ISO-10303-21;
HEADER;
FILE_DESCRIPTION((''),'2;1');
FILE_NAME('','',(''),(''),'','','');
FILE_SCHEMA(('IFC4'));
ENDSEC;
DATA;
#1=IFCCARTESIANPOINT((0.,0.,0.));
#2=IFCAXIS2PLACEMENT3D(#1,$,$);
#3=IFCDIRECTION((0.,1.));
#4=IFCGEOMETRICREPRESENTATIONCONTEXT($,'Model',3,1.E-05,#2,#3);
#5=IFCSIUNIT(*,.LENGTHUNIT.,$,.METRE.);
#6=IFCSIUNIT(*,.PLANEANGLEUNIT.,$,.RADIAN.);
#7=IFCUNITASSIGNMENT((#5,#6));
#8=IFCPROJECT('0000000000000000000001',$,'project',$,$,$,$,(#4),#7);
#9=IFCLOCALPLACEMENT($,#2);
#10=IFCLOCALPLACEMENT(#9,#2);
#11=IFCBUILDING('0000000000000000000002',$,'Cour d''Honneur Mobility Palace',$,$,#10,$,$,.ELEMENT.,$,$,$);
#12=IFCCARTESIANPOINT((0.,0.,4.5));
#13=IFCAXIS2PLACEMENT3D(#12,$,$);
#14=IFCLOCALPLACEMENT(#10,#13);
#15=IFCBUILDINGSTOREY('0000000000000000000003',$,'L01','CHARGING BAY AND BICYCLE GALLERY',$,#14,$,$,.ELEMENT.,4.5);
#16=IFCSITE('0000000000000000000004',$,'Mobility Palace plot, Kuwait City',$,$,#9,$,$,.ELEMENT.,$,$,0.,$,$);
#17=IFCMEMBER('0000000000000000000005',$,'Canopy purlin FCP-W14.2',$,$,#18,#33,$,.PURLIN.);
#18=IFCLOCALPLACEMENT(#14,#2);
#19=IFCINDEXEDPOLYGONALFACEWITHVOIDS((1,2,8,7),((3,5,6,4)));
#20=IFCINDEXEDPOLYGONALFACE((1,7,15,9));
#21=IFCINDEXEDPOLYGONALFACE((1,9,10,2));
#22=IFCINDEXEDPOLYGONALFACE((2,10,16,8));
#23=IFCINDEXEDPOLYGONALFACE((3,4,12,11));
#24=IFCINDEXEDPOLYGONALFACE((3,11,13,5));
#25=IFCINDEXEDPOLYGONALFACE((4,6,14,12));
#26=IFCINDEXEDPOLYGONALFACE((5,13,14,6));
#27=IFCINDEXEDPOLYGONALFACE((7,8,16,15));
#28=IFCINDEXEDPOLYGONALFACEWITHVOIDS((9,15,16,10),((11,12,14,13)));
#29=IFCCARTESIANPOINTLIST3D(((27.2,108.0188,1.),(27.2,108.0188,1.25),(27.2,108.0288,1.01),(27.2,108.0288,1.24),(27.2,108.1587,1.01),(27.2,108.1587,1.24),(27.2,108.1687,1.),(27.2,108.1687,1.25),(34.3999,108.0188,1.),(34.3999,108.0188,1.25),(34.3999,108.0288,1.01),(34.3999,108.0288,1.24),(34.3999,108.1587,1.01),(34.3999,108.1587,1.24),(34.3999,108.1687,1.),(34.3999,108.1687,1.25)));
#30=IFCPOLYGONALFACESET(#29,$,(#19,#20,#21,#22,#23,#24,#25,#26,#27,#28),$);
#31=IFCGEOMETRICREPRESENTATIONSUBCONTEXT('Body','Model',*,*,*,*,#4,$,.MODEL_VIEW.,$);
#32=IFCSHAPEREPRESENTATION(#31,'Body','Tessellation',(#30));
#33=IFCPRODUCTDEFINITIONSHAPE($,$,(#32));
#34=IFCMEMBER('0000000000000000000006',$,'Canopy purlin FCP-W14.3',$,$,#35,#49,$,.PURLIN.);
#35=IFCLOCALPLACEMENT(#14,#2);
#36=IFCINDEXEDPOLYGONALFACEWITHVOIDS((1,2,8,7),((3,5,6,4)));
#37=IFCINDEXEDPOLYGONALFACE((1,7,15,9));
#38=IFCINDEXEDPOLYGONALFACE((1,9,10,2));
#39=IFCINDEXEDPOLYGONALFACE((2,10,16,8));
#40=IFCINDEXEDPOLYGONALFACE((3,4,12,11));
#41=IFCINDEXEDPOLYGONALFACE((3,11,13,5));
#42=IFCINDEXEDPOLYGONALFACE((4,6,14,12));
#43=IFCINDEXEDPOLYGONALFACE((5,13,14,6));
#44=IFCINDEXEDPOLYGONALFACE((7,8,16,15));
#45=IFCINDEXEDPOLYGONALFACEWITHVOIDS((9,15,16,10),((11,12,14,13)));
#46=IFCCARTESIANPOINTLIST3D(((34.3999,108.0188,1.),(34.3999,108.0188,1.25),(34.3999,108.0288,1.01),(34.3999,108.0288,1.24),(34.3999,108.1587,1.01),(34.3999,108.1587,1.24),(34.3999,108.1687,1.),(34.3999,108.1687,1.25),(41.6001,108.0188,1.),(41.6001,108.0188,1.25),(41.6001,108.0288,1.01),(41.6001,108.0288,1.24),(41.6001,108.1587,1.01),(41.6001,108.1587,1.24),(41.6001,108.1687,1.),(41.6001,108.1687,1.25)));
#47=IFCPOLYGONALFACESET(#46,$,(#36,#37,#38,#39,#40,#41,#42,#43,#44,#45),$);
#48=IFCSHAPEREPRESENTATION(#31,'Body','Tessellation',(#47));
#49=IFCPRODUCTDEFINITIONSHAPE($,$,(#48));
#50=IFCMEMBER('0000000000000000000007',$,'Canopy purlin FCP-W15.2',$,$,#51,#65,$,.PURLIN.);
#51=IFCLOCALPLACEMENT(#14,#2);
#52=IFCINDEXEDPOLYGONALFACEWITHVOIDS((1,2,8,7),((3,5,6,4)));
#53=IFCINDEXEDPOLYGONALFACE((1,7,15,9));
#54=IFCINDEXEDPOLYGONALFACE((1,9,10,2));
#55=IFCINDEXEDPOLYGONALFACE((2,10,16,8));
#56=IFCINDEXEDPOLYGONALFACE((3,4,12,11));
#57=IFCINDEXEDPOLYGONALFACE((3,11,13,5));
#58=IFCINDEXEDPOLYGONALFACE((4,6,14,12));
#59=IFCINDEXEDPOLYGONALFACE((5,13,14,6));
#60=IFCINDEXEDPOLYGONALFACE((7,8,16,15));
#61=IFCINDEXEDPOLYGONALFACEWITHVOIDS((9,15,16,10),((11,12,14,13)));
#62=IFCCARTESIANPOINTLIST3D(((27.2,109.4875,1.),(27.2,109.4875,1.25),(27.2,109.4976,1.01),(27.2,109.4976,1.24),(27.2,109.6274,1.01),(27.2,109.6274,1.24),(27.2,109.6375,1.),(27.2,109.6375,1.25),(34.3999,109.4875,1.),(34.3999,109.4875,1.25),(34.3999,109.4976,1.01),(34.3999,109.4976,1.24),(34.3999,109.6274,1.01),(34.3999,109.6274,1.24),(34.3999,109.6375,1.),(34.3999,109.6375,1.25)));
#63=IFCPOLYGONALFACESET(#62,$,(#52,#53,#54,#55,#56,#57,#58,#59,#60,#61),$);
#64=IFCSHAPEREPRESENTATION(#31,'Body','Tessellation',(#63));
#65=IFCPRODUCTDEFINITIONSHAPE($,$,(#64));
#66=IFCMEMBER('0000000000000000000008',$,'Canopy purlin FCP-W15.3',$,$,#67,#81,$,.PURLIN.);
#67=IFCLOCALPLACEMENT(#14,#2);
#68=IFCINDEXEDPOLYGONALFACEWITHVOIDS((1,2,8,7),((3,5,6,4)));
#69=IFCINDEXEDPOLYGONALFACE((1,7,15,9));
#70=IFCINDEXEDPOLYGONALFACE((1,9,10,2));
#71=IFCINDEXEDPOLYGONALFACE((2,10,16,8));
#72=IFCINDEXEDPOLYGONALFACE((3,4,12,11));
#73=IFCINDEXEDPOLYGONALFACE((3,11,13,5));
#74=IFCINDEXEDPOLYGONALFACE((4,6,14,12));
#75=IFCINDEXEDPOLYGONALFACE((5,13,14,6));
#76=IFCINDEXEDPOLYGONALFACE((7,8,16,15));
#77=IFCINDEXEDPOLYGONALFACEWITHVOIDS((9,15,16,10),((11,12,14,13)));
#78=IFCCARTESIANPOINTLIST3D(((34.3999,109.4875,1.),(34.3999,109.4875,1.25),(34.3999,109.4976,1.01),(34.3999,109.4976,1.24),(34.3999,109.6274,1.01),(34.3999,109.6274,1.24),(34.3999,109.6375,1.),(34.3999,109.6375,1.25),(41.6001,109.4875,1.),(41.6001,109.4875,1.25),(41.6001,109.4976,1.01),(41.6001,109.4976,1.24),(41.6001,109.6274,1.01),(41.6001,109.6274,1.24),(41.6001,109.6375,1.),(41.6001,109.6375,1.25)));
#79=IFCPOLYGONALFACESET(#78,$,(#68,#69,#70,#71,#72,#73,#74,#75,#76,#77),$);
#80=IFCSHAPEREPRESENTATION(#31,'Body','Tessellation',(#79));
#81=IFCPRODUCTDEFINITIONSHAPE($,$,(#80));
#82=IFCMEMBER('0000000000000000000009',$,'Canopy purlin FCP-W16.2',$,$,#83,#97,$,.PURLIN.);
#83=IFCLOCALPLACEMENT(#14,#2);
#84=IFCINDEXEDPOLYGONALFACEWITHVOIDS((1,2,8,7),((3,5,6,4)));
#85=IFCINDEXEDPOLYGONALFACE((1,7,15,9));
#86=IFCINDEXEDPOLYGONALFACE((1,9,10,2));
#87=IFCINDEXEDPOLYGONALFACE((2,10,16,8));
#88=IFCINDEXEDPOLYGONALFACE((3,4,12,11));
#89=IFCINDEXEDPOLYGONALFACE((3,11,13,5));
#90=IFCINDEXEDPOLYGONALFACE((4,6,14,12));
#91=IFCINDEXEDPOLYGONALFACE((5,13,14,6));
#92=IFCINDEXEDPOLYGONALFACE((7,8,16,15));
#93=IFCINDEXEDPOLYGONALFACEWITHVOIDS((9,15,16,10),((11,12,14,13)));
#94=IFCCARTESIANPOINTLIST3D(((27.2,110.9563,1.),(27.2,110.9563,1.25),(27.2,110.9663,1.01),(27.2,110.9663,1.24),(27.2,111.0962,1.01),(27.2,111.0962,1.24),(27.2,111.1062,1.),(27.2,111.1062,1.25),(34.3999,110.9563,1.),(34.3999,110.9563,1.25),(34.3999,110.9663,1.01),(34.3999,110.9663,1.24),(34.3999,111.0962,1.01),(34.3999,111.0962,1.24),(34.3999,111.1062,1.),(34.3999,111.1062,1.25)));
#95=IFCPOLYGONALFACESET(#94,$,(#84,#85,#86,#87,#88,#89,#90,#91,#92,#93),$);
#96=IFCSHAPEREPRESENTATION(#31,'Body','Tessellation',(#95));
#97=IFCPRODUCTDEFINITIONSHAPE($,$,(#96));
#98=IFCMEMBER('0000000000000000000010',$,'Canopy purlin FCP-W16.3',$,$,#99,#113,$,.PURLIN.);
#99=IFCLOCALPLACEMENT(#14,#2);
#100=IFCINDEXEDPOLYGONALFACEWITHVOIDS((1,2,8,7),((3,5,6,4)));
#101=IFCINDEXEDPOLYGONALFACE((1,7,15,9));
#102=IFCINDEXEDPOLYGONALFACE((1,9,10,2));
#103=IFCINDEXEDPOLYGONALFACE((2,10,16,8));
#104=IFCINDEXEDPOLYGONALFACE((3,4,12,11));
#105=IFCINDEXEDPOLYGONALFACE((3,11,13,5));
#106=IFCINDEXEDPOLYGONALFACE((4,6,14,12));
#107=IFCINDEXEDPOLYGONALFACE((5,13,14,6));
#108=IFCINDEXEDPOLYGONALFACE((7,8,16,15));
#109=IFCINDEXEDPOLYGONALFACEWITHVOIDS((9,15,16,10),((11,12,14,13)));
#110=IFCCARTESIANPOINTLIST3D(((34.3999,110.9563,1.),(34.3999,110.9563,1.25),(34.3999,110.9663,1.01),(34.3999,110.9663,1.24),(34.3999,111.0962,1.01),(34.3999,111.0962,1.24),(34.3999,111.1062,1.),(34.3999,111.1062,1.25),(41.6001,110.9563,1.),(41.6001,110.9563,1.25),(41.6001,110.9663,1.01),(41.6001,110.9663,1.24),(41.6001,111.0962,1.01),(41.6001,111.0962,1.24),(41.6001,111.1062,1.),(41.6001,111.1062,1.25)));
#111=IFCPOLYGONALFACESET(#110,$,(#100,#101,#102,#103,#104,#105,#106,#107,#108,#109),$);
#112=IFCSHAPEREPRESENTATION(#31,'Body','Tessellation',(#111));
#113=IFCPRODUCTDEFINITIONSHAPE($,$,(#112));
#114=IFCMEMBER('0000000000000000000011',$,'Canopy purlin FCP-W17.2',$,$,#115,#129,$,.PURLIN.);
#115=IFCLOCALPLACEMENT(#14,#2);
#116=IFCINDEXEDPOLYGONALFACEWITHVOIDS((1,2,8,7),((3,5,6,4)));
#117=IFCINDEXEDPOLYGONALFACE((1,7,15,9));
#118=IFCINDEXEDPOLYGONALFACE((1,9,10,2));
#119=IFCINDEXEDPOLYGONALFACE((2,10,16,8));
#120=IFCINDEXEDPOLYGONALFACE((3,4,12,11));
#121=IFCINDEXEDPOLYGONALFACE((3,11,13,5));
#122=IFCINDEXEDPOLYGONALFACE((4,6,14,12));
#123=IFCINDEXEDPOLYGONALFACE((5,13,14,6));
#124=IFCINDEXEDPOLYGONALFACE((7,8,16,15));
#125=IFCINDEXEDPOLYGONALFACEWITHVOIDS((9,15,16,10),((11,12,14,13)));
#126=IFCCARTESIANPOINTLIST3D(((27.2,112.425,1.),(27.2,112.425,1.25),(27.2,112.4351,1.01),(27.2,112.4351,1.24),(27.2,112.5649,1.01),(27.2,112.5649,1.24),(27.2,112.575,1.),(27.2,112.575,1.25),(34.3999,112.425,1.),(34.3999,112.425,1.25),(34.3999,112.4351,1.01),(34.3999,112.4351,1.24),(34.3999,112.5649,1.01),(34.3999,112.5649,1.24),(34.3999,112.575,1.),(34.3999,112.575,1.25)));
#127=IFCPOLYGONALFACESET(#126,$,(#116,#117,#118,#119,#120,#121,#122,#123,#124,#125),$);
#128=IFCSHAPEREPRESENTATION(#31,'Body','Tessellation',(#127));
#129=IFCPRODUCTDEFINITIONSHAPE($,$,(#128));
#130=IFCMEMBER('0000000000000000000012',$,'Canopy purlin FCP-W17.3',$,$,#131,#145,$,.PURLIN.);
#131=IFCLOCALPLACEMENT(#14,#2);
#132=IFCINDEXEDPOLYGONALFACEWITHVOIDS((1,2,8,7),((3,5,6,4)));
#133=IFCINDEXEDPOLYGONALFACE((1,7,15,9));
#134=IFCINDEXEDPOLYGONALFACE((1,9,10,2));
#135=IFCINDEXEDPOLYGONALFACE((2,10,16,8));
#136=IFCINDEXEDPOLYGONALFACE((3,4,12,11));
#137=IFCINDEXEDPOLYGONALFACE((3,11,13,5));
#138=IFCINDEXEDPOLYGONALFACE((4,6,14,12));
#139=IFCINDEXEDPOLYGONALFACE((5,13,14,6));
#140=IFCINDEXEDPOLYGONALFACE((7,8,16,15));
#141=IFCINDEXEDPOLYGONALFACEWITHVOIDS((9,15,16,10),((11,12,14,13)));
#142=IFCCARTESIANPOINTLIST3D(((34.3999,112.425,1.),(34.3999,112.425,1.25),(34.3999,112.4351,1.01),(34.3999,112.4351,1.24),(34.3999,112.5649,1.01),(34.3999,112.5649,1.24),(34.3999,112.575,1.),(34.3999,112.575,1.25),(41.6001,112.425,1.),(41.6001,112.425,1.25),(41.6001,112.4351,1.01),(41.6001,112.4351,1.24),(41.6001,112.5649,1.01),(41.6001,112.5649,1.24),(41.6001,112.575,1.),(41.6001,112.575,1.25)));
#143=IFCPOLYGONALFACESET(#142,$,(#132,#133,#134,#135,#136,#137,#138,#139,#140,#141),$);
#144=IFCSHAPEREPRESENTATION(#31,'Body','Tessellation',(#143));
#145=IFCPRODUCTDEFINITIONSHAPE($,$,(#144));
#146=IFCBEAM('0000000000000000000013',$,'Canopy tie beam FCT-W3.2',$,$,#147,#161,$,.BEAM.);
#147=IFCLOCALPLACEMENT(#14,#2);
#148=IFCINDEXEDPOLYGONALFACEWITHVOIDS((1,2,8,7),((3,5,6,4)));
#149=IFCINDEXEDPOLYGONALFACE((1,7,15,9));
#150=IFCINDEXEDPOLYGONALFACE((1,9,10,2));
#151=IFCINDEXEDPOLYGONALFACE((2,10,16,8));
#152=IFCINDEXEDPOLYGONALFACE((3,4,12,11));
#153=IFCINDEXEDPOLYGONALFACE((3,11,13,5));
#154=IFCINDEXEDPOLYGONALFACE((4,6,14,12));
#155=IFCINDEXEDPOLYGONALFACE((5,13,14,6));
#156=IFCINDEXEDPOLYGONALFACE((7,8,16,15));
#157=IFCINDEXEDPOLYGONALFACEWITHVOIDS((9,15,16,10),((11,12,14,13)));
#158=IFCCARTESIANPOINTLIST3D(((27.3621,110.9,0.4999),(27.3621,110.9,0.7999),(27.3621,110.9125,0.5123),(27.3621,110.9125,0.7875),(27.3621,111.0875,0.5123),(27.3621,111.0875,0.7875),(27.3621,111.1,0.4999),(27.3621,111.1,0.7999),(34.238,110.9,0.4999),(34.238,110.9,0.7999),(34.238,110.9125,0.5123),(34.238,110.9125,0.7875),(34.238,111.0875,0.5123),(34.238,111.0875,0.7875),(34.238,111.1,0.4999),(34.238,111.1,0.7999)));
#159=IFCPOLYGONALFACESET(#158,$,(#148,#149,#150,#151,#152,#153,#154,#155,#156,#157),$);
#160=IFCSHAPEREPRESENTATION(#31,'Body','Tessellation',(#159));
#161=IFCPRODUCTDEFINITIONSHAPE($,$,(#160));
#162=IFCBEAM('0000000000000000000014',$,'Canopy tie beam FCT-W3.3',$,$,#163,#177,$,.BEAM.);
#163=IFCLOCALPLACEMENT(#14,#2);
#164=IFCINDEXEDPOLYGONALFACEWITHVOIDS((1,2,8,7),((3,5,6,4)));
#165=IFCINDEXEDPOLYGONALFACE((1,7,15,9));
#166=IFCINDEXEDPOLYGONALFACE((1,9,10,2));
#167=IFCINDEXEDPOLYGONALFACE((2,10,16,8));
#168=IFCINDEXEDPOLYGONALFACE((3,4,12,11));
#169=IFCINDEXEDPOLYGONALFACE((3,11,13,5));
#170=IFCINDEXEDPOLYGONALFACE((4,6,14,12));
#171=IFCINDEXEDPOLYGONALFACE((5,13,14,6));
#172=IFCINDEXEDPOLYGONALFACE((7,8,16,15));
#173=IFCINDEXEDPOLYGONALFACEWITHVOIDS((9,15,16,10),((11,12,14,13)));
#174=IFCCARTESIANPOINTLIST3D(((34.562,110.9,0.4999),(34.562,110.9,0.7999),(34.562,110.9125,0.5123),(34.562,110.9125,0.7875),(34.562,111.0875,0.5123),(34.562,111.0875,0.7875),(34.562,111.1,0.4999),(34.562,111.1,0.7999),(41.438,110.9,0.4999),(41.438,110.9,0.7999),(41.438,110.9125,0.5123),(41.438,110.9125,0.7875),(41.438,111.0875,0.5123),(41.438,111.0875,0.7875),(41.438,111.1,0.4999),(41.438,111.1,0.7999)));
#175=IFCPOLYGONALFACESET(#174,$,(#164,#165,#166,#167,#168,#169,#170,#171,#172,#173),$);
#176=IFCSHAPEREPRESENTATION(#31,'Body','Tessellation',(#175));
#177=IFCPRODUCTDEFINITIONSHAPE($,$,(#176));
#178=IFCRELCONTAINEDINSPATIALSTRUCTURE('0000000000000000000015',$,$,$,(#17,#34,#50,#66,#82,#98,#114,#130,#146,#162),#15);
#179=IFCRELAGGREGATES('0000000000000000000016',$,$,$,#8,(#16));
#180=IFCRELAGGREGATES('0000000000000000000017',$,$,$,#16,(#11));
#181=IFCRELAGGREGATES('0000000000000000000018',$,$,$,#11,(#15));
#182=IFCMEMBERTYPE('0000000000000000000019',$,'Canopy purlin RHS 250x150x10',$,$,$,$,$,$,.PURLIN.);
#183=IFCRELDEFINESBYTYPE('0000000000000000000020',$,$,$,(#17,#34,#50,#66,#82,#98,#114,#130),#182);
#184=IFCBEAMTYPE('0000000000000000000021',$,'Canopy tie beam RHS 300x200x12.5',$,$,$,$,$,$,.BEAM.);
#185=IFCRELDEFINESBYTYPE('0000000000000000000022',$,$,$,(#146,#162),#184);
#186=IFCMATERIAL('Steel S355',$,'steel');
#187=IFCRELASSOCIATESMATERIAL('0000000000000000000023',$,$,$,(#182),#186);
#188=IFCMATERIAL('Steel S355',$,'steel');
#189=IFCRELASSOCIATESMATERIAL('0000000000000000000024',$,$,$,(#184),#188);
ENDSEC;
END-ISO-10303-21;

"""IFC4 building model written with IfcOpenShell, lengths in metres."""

from ifc_helpers import new_model, si_unit, direction, frame, origin, origin_2d, place, context, subcontext, project, spatial, hollow_rectangle, extrude, material, material_profile, profile_set, type_object, element, save


model = new_model("IFC4")

# Units and contexts
model_context = context("Model", 3, precision=1e-05, world=origin(), true_north=direction((0.0, 1.0)))
body_context = subcontext(model_context, "Body", "Model", "MODEL_VIEW")
ifc_project = project(units=[si_unit("LENGTHUNIT", "METRE"), si_unit("PLANEANGLEUNIT", "RADIAN")], contexts=[model_context])

# Site, building, storey
site_placement = place(None, origin())
site = spatial("IfcSite", under=ifc_project, at=site_placement, Name="Mobility Palace plot, Kuwait City", CompositionType="ELEMENT", RefElevation=0.0)
building_placement = place(site_placement, origin())
building = spatial("IfcBuilding", under=site, at=building_placement, Name="Cour d'Honneur Mobility Palace", CompositionType="ELEMENT")
storey_placement = place(building_placement, frame((0.0, 0.0, 4.5)))
storey = spatial("IfcBuildingStorey", under=building, at=storey_placement, Name="L01", Description="CHARGING BAY AND BICYCLE GALLERY", CompositionType="ELEMENT", Elevation=4.5)

# Members
ifc_material_1 = material(Name="Steel S355", Category="steel")
ifc_material_profile_1 = material_profile(ifc_material_1, hollow_rectangle(XDim=0.1499, YDim=0.25, WallThickness=0.01, at=origin_2d()), Name="RHS 250x150x10")
ifc_profile_set_1 = profile_set([ifc_material_profile_1], Name="Steel S355")
member_type = type_object("IfcMemberType", Name="Canopy purlin RHS 250x150x10", PredefinedType="PURLIN", material=ifc_profile_set_1)
member_1_placement = place(storey_placement, frame((27.2, 108.0938, 1.125), z_axis=(1.0, 0.0, 0.0), x_axis=(0.0, 1.0, 0.0)))
element("IfcMember", 1, at=member_1_placement, inside=storey, type_object=member_type, Name="Canopy purlin FCP-W14.2", PredefinedType="PURLIN", context=body_context, shape_type="SweptSolid", body=[
    extrude(hollow_rectangle(XDim=0.1499, YDim=0.25, WallThickness=0.01, at=origin_2d()), origin(), (0.0, 0.0, 1.0), 7.2),
])
member_2_placement = place(storey_placement, frame((34.3999, 108.0938, 1.125), z_axis=(1.0, 0.0, 0.0), x_axis=(0.0, 1.0, 0.0)))
element("IfcMember", 2, at=member_2_placement, inside=storey, type_object=member_type, Name="Canopy purlin FCP-W14.3", PredefinedType="PURLIN", context=body_context, shape_type="SweptSolid", body=[
    extrude(hollow_rectangle(XDim=0.1499, YDim=0.25, WallThickness=0.01, at=origin_2d()), origin(), (0.0, 0.0, 1.0), 7.2002),
])
member_3_placement = place(storey_placement, frame((27.2, 109.5625, 1.125), z_axis=(1.0, 0.0, 0.0), x_axis=(0.0, 1.0, 0.0)))
element("IfcMember", 3, at=member_3_placement, inside=storey, type_object=member_type, Name="Canopy purlin FCP-W15.2", PredefinedType="PURLIN", context=body_context, shape_type="SweptSolid", body=[
    extrude(hollow_rectangle(XDim=0.1499, YDim=0.25, WallThickness=0.01, at=origin_2d()), origin(), (0.0, 0.0, 1.0), 7.2),
])
member_4_placement = place(storey_placement, frame((34.3999, 109.5625, 1.125), z_axis=(1.0, 0.0, 0.0), x_axis=(0.0, 1.0, 0.0)))
element("IfcMember", 4, at=member_4_placement, inside=storey, type_object=member_type, Name="Canopy purlin FCP-W15.3", PredefinedType="PURLIN", context=body_context, shape_type="SweptSolid", body=[
    extrude(hollow_rectangle(XDim=0.1499, YDim=0.25, WallThickness=0.01, at=origin_2d()), origin(), (0.0, 0.0, 1.0), 7.2002),
])
member_5_placement = place(storey_placement, frame((27.2, 111.0312, 1.125), z_axis=(1.0, 0.0, 0.0), x_axis=(0.0, 1.0, 0.0)))
element("IfcMember", 5, at=member_5_placement, inside=storey, type_object=member_type, Name="Canopy purlin FCP-W16.2", PredefinedType="PURLIN", context=body_context, shape_type="SweptSolid", body=[
    extrude(hollow_rectangle(XDim=0.1499, YDim=0.25, WallThickness=0.01, at=origin_2d()), origin(), (0.0, 0.0, 1.0), 7.2),
])
member_6_placement = place(storey_placement, frame((34.3999, 111.0312, 1.125), z_axis=(1.0, 0.0, 0.0), x_axis=(0.0, 1.0, 0.0)))
element("IfcMember", 6, at=member_6_placement, inside=storey, type_object=member_type, Name="Canopy purlin FCP-W16.3", PredefinedType="PURLIN", context=body_context, shape_type="SweptSolid", body=[
    extrude(hollow_rectangle(XDim=0.1499, YDim=0.25, WallThickness=0.01, at=origin_2d()), origin(), (0.0, 0.0, 1.0), 7.2002),
])
member_7_placement = place(storey_placement, frame((27.2, 112.5, 1.125), z_axis=(1.0, 0.0, 0.0), x_axis=(0.0, 1.0, 0.0)))
element("IfcMember", 7, at=member_7_placement, inside=storey, type_object=member_type, Name="Canopy purlin FCP-W17.2", PredefinedType="PURLIN", context=body_context, shape_type="SweptSolid", body=[
    extrude(hollow_rectangle(XDim=0.1499, YDim=0.25, WallThickness=0.01, at=origin_2d()), origin(), (0.0, 0.0, 1.0), 7.2),
])
member_8_placement = place(storey_placement, frame((34.3999, 112.5, 1.125), z_axis=(1.0, 0.0, 0.0), x_axis=(0.0, 1.0, 0.0)))
element("IfcMember", 8, at=member_8_placement, inside=storey, type_object=member_type, Name="Canopy purlin FCP-W17.3", PredefinedType="PURLIN", context=body_context, shape_type="SweptSolid", body=[
    extrude(hollow_rectangle(XDim=0.1499, YDim=0.25, WallThickness=0.01, at=origin_2d()), origin(), (0.0, 0.0, 1.0), 7.2002),
])

# Beams
ifc_material_2 = material(Name="Steel S355", Category="steel")
ifc_material_profile_2 = material_profile(ifc_material_2, hollow_rectangle(XDim=0.2, YDim=0.3, WallThickness=0.0125, at=origin_2d()), Name="RHS 300x200x12.5")
ifc_profile_set_2 = profile_set([ifc_material_profile_2], Name="Steel S355")
beam_type_1 = type_object("IfcBeamType", Name="Canopy tie beam RHS 300x200x12.5", PredefinedType="BEAM", material=ifc_profile_set_2)
for number, where, z_axis, x_axis, name in (
    (9, (27.3621, 111.0, 0.6499), (1.0, 0.0, 0.0), (0.0, 1.0, 0.0), "Canopy tie beam FCT-W3.2"),
    (10, (34.562, 111.0, 0.6499), (1.0, 0.0, 0.0), (0.0, 1.0, 0.0), "Canopy tie beam FCT-W3.3"),
):
    element("IfcBeam", number, at=place(storey_placement, frame(where, z_axis=z_axis, x_axis=x_axis)), inside=storey, type_object=beam_type_1, Name=name, PredefinedType="BEAM", context=body_context, shape_type="SweptSolid", body=[
        extrude(hollow_rectangle(XDim=0.2, YDim=0.3, WallThickness=0.0125, at=origin_2d()), origin(), (0.0, 0.0, 1.0), 6.876),
    ])

save(model, "model.ifc")
